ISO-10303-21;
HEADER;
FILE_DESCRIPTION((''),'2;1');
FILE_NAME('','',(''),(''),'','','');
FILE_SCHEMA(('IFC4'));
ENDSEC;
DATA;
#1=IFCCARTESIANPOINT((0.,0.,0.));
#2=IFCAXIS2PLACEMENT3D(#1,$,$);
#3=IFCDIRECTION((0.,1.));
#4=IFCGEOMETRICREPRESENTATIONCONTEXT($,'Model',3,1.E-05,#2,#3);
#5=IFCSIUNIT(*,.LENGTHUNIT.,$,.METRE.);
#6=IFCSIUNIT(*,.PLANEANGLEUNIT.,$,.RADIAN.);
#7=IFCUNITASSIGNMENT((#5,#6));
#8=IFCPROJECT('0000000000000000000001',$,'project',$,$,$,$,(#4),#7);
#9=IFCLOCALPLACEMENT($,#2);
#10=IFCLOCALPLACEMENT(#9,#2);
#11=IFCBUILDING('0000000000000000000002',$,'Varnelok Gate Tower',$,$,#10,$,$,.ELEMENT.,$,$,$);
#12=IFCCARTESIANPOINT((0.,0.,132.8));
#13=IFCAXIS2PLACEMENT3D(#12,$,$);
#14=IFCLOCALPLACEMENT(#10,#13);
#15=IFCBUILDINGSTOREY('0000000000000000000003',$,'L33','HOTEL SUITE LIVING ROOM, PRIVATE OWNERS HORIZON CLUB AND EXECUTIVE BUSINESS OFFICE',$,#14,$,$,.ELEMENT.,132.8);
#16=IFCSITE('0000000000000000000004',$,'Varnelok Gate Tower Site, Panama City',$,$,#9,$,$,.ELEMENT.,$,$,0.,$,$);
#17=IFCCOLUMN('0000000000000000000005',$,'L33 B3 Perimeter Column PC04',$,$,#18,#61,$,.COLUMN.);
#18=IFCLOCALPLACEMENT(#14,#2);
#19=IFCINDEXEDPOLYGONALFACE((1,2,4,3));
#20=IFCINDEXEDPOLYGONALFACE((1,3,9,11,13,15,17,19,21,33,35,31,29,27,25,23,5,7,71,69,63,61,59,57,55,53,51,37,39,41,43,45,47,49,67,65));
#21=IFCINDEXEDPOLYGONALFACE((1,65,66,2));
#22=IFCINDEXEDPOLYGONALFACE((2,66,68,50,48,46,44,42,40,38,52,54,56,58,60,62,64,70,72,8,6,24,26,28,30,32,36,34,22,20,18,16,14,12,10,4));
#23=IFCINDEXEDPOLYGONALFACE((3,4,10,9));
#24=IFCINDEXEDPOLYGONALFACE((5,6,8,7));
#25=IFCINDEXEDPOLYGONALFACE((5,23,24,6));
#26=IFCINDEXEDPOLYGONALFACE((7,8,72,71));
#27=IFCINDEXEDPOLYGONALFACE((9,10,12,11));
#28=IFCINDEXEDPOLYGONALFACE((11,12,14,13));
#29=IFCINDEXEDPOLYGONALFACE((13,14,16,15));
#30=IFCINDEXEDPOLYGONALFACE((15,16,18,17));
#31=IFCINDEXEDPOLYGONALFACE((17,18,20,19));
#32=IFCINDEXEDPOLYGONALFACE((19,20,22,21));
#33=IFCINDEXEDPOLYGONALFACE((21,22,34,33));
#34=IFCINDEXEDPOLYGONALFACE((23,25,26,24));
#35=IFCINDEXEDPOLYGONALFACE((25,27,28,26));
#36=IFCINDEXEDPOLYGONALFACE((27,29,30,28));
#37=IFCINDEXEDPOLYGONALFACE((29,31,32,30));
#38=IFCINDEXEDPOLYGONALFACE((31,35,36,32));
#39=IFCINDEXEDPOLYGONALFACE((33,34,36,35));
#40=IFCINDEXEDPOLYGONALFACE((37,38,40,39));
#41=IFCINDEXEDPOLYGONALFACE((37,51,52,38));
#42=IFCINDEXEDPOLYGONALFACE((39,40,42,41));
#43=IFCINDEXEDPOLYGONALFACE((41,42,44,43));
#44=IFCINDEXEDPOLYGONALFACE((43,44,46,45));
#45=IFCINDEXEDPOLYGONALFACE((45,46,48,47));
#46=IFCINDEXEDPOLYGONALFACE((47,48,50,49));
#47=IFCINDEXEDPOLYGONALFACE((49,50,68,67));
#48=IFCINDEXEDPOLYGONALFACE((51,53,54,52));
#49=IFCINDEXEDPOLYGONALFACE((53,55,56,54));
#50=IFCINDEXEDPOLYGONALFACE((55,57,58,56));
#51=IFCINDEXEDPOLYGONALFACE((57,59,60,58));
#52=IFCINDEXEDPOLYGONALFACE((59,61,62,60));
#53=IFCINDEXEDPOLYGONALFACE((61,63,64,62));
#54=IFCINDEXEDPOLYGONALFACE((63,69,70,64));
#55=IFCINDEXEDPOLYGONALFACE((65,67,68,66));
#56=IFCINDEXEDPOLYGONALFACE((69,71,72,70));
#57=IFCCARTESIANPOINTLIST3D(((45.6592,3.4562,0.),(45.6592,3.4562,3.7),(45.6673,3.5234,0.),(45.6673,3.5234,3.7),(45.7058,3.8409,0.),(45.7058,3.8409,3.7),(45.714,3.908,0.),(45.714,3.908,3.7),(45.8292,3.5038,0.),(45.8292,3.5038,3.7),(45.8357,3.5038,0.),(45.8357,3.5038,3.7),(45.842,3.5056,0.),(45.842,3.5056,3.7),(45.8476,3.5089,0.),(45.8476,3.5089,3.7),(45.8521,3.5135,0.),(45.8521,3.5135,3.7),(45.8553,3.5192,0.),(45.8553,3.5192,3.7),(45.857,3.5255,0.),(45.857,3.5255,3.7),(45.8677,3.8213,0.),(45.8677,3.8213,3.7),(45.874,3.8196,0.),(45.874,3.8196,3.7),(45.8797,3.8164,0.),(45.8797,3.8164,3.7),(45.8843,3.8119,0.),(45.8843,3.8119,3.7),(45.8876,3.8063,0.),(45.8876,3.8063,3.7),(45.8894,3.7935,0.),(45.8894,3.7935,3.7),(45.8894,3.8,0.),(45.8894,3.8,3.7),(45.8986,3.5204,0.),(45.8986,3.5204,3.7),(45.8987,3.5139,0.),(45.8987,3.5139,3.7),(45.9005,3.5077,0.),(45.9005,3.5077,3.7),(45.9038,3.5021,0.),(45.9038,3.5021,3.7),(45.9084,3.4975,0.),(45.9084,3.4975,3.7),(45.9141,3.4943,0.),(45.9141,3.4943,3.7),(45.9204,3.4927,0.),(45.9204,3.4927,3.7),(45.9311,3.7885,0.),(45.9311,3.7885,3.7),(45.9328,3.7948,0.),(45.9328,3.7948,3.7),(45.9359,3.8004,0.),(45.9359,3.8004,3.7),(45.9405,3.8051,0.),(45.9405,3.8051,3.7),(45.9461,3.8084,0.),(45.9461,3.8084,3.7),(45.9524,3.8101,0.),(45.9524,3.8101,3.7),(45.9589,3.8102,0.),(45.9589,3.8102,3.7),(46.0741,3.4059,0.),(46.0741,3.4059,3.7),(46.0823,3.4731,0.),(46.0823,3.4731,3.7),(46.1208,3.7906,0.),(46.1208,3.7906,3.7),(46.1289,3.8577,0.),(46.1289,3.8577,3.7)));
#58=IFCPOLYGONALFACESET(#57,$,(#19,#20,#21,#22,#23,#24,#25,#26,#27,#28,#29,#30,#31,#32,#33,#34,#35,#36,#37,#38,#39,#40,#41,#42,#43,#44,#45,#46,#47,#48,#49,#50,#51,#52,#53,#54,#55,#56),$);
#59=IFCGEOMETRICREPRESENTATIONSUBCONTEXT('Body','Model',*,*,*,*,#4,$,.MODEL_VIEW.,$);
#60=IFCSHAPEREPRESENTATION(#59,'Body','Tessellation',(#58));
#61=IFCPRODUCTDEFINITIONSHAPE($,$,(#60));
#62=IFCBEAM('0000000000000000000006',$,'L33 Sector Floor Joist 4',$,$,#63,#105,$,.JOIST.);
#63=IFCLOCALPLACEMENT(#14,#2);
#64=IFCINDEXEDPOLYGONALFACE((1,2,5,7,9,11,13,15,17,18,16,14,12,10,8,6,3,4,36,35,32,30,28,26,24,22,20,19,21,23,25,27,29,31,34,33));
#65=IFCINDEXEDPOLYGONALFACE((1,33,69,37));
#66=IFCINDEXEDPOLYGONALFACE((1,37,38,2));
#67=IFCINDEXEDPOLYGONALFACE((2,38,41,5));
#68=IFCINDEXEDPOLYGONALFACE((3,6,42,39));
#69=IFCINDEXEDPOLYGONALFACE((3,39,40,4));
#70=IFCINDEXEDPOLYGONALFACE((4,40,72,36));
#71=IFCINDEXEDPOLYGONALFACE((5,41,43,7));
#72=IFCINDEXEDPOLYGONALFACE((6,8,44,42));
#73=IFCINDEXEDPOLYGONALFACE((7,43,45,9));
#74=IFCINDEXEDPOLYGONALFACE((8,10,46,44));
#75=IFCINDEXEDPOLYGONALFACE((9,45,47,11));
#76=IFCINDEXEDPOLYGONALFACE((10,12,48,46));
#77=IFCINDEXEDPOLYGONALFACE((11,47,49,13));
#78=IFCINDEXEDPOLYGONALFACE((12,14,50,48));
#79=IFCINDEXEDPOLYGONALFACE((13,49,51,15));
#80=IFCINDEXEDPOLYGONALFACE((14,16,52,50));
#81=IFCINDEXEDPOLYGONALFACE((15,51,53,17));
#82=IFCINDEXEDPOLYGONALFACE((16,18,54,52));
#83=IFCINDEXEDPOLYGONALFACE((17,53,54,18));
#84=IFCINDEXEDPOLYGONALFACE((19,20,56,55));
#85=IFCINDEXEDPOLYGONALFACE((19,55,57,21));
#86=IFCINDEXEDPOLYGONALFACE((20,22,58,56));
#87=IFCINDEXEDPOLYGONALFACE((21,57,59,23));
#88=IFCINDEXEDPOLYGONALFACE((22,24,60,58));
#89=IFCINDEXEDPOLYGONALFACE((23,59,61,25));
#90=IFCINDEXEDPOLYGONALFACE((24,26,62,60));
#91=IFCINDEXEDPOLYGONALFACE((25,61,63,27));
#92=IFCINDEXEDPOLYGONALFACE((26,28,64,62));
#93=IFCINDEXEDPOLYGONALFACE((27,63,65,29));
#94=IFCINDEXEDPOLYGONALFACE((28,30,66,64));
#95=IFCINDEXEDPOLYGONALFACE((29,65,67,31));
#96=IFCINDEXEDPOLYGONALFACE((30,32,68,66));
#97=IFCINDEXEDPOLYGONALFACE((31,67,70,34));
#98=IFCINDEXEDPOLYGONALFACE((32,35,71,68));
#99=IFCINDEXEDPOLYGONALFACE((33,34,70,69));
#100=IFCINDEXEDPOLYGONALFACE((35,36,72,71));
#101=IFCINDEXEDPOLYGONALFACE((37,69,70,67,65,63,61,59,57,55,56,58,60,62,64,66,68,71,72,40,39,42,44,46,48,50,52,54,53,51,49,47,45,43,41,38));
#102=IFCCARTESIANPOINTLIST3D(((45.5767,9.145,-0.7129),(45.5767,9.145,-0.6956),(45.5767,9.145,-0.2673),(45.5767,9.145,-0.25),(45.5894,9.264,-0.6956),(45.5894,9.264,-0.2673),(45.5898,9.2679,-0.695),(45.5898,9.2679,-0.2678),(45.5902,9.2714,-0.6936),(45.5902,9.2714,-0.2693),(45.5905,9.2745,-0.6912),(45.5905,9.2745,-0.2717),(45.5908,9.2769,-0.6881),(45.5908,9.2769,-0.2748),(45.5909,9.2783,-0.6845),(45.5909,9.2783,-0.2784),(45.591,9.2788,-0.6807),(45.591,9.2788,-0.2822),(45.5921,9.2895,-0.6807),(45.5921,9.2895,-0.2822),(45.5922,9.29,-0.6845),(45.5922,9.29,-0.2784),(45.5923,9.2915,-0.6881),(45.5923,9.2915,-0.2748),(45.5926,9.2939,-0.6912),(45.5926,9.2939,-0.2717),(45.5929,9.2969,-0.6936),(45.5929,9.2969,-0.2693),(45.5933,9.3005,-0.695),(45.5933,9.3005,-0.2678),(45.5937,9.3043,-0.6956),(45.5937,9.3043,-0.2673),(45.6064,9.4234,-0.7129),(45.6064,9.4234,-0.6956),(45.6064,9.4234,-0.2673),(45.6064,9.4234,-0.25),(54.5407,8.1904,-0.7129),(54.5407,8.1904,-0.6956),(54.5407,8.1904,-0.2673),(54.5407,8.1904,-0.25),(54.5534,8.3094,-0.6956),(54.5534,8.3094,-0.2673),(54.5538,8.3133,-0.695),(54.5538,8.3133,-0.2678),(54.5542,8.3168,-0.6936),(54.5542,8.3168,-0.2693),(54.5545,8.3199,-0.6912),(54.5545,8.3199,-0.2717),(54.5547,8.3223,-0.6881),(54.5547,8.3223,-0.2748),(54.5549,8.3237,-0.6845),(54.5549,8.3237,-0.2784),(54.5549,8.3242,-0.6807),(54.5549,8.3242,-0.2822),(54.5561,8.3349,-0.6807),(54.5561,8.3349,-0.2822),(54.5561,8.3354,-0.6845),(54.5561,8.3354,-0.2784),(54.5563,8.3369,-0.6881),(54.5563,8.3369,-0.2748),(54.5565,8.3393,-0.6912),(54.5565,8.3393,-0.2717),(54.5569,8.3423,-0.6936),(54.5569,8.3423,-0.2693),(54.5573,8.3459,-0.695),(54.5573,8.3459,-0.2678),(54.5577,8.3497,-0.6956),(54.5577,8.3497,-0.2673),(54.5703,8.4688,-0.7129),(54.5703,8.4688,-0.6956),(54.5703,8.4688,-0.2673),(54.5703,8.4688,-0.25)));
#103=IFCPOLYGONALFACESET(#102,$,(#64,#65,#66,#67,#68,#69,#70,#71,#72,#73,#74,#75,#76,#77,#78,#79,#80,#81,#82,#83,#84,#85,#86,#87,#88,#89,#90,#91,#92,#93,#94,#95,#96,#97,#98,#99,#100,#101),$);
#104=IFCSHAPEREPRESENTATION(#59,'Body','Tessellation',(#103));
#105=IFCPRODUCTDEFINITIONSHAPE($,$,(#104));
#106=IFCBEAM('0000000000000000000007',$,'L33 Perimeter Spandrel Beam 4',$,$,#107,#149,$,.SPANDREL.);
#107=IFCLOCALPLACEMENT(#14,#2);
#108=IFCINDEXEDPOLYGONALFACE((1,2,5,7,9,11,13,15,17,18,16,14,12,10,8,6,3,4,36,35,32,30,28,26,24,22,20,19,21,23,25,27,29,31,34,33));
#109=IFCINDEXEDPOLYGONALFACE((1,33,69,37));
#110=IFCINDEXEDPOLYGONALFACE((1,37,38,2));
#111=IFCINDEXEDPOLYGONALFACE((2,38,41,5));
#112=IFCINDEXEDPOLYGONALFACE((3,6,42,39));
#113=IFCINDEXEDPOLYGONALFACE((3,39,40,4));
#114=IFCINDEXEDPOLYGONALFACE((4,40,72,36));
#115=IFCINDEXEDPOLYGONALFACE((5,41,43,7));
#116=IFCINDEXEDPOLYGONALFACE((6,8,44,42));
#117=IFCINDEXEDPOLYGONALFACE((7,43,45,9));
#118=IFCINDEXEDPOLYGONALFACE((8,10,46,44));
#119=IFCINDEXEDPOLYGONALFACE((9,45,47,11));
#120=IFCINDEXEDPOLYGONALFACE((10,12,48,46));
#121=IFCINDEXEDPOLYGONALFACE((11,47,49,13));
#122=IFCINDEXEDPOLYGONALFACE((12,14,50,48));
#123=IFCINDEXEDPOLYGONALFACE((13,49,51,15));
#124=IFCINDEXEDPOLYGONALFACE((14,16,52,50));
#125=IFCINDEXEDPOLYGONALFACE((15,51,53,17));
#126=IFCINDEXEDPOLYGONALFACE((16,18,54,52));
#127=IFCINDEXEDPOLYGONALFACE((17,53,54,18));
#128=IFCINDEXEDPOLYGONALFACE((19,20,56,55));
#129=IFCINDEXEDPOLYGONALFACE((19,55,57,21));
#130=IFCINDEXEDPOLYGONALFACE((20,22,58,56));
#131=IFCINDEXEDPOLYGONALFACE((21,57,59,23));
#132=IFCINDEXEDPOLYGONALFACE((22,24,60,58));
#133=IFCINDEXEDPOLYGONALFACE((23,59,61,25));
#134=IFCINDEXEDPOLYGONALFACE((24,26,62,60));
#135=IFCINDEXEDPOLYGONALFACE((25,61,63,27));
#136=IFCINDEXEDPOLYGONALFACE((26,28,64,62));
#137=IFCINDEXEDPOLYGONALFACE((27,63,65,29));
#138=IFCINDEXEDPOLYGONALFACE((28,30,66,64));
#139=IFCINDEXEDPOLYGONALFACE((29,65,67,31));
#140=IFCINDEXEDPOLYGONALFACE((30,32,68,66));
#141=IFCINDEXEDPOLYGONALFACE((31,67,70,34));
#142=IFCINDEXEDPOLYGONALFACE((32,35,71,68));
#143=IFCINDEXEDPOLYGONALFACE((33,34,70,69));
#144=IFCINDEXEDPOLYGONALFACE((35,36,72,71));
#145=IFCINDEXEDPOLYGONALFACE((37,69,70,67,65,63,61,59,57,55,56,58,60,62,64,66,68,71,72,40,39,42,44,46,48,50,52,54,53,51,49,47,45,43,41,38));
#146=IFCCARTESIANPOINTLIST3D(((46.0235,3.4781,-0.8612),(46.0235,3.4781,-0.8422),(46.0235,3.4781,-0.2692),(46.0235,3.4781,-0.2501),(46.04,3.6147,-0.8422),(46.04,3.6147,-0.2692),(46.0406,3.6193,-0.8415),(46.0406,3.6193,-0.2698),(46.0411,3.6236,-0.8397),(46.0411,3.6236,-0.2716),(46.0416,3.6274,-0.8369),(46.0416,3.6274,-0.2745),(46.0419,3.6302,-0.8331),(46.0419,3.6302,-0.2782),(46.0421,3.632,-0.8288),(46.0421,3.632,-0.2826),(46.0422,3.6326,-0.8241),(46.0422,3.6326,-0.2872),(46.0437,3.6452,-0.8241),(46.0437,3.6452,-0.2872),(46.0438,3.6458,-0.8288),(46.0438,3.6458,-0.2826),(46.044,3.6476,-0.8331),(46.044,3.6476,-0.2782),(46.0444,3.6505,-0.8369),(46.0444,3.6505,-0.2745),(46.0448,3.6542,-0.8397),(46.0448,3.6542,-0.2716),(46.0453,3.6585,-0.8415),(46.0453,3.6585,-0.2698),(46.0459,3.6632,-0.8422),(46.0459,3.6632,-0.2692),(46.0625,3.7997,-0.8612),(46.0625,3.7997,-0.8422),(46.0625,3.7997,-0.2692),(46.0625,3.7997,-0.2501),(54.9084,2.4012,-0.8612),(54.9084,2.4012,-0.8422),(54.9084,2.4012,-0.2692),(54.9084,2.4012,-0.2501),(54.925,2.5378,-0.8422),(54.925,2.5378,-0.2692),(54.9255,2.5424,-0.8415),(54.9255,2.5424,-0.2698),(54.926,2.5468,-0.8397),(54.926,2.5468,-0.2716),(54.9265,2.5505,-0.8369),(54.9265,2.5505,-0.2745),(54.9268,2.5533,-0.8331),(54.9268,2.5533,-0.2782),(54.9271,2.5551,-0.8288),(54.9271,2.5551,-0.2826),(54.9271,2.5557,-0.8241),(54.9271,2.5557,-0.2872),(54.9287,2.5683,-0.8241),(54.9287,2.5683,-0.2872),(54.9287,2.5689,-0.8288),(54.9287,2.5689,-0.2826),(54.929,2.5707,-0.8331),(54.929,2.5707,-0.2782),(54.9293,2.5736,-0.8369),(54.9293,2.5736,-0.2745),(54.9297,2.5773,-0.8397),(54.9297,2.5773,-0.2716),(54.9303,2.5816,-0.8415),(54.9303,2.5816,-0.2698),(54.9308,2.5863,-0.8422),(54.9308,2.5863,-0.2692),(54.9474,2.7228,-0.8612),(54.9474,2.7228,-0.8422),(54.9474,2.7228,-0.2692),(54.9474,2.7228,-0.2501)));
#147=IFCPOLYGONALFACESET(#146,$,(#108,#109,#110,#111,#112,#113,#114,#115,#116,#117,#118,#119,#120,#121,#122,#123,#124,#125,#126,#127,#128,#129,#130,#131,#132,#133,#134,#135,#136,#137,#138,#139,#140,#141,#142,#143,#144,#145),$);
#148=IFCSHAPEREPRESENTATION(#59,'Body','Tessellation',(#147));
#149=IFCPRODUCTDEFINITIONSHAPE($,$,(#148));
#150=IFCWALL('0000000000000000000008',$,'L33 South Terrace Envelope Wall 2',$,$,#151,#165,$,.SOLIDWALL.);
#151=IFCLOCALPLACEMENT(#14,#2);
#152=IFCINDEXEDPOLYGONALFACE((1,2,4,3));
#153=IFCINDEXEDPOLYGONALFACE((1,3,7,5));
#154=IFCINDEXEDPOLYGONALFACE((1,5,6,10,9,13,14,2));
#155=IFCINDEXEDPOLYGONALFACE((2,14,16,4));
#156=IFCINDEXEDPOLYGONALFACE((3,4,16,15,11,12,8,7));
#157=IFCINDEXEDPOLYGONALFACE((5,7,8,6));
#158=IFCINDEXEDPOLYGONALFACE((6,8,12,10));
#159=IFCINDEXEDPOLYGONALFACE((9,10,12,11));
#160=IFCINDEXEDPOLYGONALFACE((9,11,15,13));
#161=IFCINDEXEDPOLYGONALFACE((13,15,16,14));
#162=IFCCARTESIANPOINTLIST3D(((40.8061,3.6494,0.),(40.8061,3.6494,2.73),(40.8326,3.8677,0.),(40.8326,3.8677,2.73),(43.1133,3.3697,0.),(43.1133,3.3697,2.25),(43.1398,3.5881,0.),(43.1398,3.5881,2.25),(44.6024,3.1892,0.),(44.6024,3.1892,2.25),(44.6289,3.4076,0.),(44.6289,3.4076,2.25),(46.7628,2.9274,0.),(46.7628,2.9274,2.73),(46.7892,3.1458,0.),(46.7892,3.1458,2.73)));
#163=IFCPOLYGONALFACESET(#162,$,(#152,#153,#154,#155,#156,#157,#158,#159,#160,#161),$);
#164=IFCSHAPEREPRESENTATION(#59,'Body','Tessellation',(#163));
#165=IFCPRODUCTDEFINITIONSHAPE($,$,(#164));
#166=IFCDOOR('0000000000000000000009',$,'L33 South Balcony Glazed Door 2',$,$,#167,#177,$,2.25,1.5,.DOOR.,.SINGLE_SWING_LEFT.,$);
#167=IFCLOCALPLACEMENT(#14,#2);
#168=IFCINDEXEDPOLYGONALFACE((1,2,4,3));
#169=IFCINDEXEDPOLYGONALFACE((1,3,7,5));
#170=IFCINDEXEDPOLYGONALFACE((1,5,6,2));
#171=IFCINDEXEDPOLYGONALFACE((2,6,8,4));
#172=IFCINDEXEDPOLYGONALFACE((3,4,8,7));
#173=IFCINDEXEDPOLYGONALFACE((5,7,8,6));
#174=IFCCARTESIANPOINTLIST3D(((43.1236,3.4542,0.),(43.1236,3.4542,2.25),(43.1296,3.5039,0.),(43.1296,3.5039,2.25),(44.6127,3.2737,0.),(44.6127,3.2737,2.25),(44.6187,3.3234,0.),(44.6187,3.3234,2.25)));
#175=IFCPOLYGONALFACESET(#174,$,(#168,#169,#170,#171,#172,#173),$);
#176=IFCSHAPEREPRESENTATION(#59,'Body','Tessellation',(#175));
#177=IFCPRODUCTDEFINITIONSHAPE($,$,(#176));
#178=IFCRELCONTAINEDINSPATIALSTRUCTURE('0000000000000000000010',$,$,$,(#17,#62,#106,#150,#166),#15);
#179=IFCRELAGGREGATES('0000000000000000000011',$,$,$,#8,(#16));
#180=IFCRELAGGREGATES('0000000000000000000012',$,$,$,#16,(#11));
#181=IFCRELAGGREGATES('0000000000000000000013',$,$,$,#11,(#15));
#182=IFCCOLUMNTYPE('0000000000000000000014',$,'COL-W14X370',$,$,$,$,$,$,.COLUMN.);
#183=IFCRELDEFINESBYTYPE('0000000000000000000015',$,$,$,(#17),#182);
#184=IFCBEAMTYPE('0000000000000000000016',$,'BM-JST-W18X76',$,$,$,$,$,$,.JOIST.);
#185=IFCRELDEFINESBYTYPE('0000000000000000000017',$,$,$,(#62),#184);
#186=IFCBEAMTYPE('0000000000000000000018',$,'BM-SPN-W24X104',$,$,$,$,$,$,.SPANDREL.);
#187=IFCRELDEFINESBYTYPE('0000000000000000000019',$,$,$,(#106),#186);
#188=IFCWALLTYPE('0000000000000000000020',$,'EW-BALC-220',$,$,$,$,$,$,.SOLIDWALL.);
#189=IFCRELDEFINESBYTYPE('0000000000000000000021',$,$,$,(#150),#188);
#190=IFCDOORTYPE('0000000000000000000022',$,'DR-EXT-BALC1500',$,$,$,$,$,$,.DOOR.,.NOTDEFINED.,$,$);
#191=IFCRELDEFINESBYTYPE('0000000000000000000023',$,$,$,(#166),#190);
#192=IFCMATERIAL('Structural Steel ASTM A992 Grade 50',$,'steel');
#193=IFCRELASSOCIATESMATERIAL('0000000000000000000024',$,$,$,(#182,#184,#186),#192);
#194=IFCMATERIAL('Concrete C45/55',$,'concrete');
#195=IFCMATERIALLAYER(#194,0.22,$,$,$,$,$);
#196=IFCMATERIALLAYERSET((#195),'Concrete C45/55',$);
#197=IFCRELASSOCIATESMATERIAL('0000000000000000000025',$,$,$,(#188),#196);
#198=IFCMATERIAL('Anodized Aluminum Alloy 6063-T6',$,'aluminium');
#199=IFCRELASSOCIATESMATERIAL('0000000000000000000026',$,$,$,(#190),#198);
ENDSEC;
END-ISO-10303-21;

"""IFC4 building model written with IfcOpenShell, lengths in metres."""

from ifc_helpers import new_model, si_unit, direction, frame, frame_2d, origin, origin_2d, place, context, subcontext, project, spatial, rectangle, i_section, extrude, material, layer, layer_set, material_profile, profile_set, type_object, element, fill, save


model = new_model("IFC4")

# Units and contexts
model_context = context("Model", 3, precision=1e-05, world=origin(), true_north=direction((0.0, 1.0)))
body_context = subcontext(model_context, "Body", "Model", "MODEL_VIEW")
ifc_project = project(units=[si_unit("LENGTHUNIT", "METRE"), si_unit("PLANEANGLEUNIT", "RADIAN")], contexts=[model_context])

# Site, building, storey
site_placement = place(None, origin())
site = spatial("IfcSite", under=ifc_project, at=site_placement, Name="Varnelok Gate Tower Site, Panama City", CompositionType="ELEMENT", RefElevation=0.0)
building_placement = place(site_placement, origin())
building = spatial("IfcBuilding", under=site, at=building_placement, Name="Varnelok Gate Tower", CompositionType="ELEMENT")
storey_placement = place(building_placement, frame((0.0, 0.0, 132.8)))
storey = spatial("IfcBuildingStorey", under=building, at=storey_placement, Name="L33", Description="HOTEL SUITE LIVING ROOM, PRIVATE OWNERS HORIZON CLUB AND EXECUTIVE BUSINESS OFFICE", CompositionType="ELEMENT", Elevation=132.8)

# Column
ifc_material_1 = material(Name="Structural Steel ASTM A992 Grade 50", Category="steel")
ifc_material_profile_1 = material_profile(ifc_material_1, i_section(OverallWidth=0.418, OverallDepth=0.4551, WebThickness=0.042, FlangeThickness=0.0676, FilletRadius=0.0249, at=origin_2d()), Name="W14X370")
ifc_profile_set_1 = profile_set([ifc_material_profile_1], Name="Structural Steel ASTM A992 Grade 50")
column_type = type_object("IfcColumnType", Name="COL-W14X370", PredefinedType="COLUMN", material=ifc_profile_set_1)
column_placement = place(storey_placement, frame((45.894, 3.657, 0.0), z_axis=(0.0, 0.0, 1.0), x_axis=(0.992732, -0.120345, 0.0)))
element("IfcColumn", 1, at=column_placement, inside=storey, type_object=column_type, Name="L33 B3 Perimeter Column PC04", PredefinedType="COLUMN", context=body_context, shape_type="SweptSolid", body=[
    extrude(i_section(OverallWidth=0.418, OverallDepth=0.4551, WebThickness=0.042, FlangeThickness=0.0676, FilletRadius=0.0249, at=origin_2d()), origin(), (0.0, 0.0, 1.0), 3.7),
])

# Beams
ifc_material_profile_2 = material_profile(ifc_material_1, i_section(OverallWidth=0.28, OverallDepth=0.4629, WebThickness=0.0107, FlangeThickness=0.0173, FilletRadius=0.0149, at=origin_2d()), Name="W18X76")
ifc_profile_set_2 = profile_set([ifc_material_profile_2], Name="Structural Steel ASTM A992 Grade 50")
beam_type_1 = type_object("IfcBeamType", Name="BM-JST-W18X76", PredefinedType="JOIST", material=ifc_profile_set_2)
beam_1_placement = place(storey_placement, frame((45.5916, 9.2842, -0.4814), z_axis=(0.994377, -0.105894, 0.0), x_axis=(0.105894, 0.994377, 0.0)))
element("IfcBeam", 2, at=beam_1_placement, inside=storey, type_object=beam_type_1, Name="L33 Sector Floor Joist 4", PredefinedType="JOIST", context=body_context, shape_type="SweptSolid", body=[
    extrude(i_section(OverallWidth=0.28, OverallDepth=0.4629, WebThickness=0.0107, FlangeThickness=0.0173, FilletRadius=0.0149, at=origin_2d()), origin(), (0.0, 0.0, 1.0), 9.0146),
])
ifc_material_profile_3 = material_profile(ifc_material_1, i_section(OverallWidth=0.324, OverallDepth=0.6111, WebThickness=0.0127, FlangeThickness=0.019, FilletRadius=0.0181, at=origin_2d()), Name="W24X104")
ifc_profile_set_3 = profile_set([ifc_material_profile_3], Name="Structural Steel ASTM A992 Grade 50")
beam_type_2 = type_object("IfcBeamType", Name="BM-SPN-W24X104", PredefinedType="SPANDREL", material=ifc_profile_set_3)
beam_2_placement = place(storey_placement, frame((46.043, 3.6389, -0.5557), z_axis=(0.992735, -0.120324, 0.0), x_axis=(0.120324, 0.992735, 0.0)))
element("IfcBeam", 3, at=beam_2_placement, inside=storey, type_object=beam_type_2, Name="L33 Perimeter Spandrel Beam 4", PredefinedType="SPANDREL", context=body_context, shape_type="SweptSolid", body=[
    extrude(i_section(OverallWidth=0.324, OverallDepth=0.6111, WebThickness=0.0127, FlangeThickness=0.019, FilletRadius=0.0181, at=origin_2d()), origin(), (0.0, 0.0, 1.0), 8.95),
])

# Wall, opening, door
ifc_material_2 = material(Name="Concrete C45/55", Category="concrete")
ifc_layer_1 = layer(ifc_material_2, 0.22)
ifc_layer_set_1 = layer_set([ifc_layer_1], Name="Concrete C45/55")
wall_type_1 = type_object("IfcWallType", Name="EW-BALC-220", PredefinedType="SOLIDWALL", material=ifc_layer_set_1)
wall_1_placement = place(storey_placement, frame((46.7759, 3.0366, 0.0), z_axis=(0.0, 0.0, 1.0), x_axis=(-0.992735, 0.120318, 0.0)))
wall_1 = element("IfcWall", 4, at=wall_1_placement, inside=storey, type_object=wall_type_1, Name="L33 South Terrace Envelope Wall 2", PredefinedType="SOLIDWALL", context=body_context, shape_type="SweptSolid", body=[
    extrude(rectangle(XDim=6.0002, YDim=0.22, at=frame_2d((3.0, 0.0))), origin(), (0.0, 0.0, 1.0), 2.73),
])
opening_1_placement = place(wall_1_placement, frame((2.176, 0.0, 0.0)))
opening_1 = element("IfcOpeningElement", 5, at=opening_1_placement, cuts=wall_1, PredefinedType="OPENING", context=body_context, shape_type="SweptSolid", body=[
    extrude(rectangle(XDim=1.5, YDim=2.25, at=frame_2d((0.75, 1.125))), frame((0.0, 0.1199, 0.0), z_axis=(0.0, -1.0, 0.0), x_axis=(1.0, 0.0, 0.0)), (0.0, 0.0, 1.0), 0.24),
])
ifc_material_3 = material(Name="Anodized Aluminum Alloy 6063-T6", Category="aluminium")
door_type_1 = type_object("IfcDoorType", Name="DR-EXT-BALC1500", OperationType="NOTDEFINED", PredefinedType="DOOR", material=ifc_material_3)
door_1_placement = place(opening_1_placement, origin())
door_1 = element("IfcDoor", 6, at=door_1_placement, inside=storey, type_object=door_type_1, Name="L33 South Balcony Glazed Door 2", OperationType="SINGLE_SWING_LEFT", OverallHeight=2.25, OverallWidth=1.5, PredefinedType="DOOR", context=body_context, shape_type="SweptSolid", body=[
    extrude(rectangle(XDim=1.5, YDim=2.25, at=frame_2d((0.75, 1.125))), frame((0.0, 0.0249, 0.0), z_axis=(0.0, -1.0, 0.0), x_axis=(1.0, 0.0, 0.0)), (0.0, 0.0, 1.0), 0.05),
])
fill(opening_1, door_1)

save(model, "model.ifc")
